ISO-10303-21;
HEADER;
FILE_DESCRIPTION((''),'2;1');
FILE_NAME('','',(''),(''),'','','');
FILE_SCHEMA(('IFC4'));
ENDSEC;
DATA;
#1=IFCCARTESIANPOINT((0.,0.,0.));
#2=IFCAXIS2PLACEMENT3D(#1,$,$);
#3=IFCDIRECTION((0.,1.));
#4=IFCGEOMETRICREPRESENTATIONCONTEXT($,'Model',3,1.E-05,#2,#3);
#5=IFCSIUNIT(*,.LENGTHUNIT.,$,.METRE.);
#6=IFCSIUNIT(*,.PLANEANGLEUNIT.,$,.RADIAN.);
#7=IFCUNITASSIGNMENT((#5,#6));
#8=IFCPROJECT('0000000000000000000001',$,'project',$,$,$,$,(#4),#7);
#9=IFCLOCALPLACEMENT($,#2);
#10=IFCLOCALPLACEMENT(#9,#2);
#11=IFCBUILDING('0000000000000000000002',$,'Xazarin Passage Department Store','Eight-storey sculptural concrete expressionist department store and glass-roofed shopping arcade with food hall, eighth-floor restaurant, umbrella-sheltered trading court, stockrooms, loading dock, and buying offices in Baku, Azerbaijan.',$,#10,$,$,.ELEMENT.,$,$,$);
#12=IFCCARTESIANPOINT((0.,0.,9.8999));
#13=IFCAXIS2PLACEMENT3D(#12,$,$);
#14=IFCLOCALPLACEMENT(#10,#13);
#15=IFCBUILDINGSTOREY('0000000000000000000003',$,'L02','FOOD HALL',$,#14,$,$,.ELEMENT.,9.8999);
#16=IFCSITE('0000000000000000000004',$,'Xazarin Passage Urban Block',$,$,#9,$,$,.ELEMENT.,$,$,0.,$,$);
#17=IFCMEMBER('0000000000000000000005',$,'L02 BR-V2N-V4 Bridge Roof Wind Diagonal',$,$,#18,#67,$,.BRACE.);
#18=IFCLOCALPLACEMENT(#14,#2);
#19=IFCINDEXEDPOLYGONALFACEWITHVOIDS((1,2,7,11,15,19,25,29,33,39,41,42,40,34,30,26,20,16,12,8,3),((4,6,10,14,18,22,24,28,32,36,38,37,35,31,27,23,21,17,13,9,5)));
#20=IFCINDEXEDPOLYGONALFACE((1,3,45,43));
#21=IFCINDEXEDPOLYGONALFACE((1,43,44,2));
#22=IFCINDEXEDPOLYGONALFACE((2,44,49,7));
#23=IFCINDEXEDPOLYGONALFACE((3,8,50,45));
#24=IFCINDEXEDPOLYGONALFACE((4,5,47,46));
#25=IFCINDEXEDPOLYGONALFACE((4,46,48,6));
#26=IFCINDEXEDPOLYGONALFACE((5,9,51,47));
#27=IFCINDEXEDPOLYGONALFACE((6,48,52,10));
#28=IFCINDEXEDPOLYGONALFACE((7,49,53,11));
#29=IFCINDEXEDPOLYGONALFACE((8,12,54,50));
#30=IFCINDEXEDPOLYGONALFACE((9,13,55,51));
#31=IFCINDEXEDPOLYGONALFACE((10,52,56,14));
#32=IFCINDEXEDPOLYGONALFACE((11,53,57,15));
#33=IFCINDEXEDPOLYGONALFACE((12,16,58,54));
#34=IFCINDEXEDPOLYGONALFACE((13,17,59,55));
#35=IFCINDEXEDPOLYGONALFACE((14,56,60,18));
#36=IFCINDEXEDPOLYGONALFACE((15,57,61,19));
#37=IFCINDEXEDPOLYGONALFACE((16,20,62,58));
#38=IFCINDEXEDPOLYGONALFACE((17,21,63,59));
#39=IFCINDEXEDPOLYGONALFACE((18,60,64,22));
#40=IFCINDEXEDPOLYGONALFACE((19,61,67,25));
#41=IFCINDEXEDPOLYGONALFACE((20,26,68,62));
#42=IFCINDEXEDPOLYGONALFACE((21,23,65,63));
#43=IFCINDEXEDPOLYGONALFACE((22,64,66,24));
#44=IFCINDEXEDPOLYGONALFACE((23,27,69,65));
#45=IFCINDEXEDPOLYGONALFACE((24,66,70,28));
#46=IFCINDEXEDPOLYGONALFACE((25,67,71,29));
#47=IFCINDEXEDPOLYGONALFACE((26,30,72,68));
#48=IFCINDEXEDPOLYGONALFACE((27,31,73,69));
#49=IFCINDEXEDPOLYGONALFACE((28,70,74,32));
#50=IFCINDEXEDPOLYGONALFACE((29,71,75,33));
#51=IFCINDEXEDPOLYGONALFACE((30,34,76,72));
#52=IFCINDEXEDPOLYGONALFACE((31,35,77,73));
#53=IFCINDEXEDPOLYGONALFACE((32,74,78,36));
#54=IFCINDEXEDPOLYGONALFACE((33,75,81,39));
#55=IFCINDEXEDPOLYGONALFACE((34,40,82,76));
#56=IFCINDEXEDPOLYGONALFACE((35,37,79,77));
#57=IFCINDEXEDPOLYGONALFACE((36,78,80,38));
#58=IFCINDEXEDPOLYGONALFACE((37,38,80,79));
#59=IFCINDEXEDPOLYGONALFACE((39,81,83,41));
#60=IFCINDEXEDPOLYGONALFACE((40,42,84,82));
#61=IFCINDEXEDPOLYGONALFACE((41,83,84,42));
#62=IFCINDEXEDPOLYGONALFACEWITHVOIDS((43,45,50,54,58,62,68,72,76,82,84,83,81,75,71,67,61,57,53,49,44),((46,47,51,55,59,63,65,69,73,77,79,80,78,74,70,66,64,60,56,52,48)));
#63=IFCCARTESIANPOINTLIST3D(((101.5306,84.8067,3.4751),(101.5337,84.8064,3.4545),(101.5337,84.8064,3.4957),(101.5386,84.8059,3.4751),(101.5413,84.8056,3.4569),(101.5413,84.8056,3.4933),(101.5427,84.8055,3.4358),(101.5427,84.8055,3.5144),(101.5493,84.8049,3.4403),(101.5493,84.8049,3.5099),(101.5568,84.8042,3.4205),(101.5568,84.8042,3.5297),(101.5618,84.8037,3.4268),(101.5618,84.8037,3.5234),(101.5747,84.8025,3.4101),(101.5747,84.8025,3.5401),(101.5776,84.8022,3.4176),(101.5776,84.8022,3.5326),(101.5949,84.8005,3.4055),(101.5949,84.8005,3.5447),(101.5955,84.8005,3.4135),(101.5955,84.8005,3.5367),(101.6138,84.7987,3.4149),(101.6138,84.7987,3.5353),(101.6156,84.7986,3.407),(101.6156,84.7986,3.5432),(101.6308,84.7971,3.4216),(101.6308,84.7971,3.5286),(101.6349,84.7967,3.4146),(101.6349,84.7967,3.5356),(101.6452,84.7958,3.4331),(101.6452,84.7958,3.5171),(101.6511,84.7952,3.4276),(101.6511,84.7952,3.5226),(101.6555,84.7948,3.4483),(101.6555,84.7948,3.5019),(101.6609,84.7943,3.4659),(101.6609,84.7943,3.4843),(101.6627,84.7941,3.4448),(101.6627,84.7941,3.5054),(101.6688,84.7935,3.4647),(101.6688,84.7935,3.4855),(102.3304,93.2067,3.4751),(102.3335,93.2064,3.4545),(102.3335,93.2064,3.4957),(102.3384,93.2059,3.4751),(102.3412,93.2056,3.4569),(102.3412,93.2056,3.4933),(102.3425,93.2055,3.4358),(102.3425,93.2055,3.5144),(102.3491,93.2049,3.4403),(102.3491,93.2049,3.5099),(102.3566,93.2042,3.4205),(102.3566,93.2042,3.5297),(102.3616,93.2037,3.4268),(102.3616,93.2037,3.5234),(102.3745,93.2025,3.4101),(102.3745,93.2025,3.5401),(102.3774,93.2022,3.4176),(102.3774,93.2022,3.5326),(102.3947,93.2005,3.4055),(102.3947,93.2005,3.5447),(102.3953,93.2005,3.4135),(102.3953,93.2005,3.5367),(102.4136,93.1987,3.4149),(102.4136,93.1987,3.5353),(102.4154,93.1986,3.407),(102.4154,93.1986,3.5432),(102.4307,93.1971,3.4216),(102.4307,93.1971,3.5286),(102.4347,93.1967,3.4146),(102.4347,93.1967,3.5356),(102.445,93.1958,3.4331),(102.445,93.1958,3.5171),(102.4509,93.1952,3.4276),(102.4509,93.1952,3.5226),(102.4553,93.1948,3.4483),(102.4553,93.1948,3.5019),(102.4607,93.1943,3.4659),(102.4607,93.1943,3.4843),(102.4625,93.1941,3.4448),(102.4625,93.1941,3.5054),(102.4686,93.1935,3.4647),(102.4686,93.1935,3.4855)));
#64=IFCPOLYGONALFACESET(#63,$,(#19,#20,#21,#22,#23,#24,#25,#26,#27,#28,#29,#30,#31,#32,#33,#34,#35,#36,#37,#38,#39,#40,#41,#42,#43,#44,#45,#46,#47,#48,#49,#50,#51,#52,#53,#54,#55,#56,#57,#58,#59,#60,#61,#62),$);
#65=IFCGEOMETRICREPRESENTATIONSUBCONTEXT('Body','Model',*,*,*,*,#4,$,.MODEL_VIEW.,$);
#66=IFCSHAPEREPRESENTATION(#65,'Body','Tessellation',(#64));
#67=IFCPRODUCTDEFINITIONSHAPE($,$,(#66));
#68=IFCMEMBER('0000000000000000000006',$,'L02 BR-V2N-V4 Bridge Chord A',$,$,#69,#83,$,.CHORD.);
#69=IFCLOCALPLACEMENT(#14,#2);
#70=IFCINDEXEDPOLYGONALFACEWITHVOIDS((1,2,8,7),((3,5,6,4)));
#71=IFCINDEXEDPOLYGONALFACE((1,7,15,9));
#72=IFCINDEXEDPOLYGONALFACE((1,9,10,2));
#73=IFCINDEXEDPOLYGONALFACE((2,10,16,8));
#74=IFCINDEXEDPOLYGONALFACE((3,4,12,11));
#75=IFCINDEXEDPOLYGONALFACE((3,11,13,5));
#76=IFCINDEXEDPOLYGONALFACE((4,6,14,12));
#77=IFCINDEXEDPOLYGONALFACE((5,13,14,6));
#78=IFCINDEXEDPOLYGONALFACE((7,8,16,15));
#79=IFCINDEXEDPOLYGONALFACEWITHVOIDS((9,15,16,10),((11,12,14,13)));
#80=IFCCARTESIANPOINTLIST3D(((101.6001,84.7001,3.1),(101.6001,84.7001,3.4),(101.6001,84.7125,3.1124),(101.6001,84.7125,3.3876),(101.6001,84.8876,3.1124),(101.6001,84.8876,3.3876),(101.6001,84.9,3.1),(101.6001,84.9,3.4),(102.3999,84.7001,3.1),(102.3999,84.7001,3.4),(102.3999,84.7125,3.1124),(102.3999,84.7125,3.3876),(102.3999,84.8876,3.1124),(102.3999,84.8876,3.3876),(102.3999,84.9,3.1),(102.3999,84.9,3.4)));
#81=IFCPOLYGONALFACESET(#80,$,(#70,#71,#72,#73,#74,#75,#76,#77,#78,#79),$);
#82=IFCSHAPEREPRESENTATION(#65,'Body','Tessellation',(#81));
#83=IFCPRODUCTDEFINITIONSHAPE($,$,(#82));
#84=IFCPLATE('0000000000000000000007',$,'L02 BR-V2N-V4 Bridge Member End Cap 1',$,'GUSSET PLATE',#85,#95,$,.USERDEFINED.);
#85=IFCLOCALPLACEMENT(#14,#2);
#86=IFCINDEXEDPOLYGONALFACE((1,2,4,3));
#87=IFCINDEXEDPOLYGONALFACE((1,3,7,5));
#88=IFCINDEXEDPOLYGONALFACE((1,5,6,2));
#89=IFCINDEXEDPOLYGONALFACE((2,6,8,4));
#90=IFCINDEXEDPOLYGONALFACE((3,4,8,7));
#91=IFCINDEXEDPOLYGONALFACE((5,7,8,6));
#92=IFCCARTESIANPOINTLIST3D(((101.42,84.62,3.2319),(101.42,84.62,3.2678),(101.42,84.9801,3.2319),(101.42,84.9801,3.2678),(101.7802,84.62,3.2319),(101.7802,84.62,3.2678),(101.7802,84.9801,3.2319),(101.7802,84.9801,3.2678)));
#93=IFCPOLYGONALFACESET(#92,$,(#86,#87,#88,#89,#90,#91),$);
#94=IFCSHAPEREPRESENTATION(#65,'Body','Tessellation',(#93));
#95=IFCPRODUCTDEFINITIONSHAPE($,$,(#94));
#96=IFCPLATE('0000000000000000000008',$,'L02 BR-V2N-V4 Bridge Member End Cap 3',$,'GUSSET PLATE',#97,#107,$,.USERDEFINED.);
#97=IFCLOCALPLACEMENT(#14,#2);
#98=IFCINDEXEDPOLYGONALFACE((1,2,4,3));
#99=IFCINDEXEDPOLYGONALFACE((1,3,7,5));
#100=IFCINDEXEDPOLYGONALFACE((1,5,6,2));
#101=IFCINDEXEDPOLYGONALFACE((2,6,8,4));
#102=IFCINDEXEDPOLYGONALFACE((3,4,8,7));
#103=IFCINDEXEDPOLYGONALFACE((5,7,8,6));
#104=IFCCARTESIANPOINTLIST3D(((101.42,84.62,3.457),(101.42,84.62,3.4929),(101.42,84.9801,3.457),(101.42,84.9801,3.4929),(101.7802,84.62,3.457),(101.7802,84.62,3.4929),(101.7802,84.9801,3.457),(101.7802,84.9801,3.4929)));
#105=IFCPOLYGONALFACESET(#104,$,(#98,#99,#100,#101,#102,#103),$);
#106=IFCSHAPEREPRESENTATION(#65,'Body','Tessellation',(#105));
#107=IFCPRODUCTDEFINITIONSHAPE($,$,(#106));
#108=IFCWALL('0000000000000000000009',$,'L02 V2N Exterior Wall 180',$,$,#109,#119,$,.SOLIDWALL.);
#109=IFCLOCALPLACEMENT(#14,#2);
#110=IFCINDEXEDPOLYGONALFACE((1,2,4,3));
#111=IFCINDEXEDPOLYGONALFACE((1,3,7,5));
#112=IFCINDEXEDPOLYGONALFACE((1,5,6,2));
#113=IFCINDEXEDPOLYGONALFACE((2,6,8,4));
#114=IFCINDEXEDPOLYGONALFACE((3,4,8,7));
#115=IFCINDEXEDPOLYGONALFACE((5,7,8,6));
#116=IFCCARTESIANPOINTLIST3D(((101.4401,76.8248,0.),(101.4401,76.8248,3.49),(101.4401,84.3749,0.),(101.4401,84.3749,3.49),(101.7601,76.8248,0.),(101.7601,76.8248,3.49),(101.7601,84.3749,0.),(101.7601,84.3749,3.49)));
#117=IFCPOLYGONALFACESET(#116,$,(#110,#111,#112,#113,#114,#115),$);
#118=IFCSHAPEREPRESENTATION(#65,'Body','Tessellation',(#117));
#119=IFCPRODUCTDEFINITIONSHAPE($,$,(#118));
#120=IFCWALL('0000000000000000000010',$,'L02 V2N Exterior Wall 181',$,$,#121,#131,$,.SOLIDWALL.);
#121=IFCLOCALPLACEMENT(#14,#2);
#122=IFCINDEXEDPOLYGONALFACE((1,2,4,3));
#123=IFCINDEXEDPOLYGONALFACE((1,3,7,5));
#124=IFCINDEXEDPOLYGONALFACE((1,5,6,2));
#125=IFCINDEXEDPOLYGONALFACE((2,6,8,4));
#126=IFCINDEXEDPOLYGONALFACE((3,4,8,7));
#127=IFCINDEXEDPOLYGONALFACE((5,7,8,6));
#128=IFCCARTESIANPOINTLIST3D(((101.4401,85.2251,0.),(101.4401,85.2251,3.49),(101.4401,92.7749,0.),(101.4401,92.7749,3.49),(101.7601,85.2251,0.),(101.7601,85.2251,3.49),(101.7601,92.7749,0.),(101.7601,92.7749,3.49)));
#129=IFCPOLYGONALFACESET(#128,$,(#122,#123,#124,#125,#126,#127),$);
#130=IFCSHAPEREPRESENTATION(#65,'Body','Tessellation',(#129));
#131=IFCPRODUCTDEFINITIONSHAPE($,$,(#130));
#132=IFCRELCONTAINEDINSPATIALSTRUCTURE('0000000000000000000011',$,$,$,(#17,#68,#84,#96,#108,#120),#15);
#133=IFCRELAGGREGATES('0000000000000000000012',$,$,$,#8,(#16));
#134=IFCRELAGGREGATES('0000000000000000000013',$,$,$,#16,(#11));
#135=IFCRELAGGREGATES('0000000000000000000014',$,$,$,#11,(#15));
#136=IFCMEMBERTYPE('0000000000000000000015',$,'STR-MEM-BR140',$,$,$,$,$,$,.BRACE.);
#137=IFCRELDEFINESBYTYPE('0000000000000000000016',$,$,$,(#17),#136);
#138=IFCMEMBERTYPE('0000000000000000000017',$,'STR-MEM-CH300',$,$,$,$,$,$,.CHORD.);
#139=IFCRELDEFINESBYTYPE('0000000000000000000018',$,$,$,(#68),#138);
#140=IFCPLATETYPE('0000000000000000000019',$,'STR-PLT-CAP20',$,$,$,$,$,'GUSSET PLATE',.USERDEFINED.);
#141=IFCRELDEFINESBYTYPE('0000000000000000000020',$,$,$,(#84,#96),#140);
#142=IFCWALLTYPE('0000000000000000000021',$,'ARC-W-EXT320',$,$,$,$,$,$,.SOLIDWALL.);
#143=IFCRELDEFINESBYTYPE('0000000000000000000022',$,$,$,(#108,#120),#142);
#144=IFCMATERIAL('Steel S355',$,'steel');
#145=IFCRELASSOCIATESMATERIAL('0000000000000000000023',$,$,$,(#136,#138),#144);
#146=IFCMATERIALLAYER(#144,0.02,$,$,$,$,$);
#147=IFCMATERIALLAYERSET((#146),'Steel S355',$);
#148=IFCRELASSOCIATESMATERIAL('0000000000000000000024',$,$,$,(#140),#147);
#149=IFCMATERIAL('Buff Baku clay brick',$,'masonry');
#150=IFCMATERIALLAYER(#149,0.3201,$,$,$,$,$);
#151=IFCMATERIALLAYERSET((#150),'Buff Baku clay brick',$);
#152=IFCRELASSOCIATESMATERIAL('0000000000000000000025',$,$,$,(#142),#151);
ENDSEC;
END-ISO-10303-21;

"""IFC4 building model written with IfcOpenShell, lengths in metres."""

from ifc_helpers import new_model, si_unit, direction, frame, frame_2d, origin, origin_2d, place, context, subcontext, project, spatial, rectangle, hollow_rectangle, hollow_circle, extrude, material, layer, layer_set, material_profile, profile_set, type_object, element, save


model = new_model("IFC4")

# Units and contexts
model_context = context("Model", 3, precision=1e-05, world=origin(), true_north=direction((0.0, 1.0)))
body_context = subcontext(model_context, "Body", "Model", "MODEL_VIEW")
ifc_project = project(units=[si_unit("LENGTHUNIT", "METRE"), si_unit("PLANEANGLEUNIT", "RADIAN")], contexts=[model_context])

# Site, building, storey
site_placement = place(None, origin())
site = spatial("IfcSite", under=ifc_project, at=site_placement, Name="Xazarin Passage Urban Block", CompositionType="ELEMENT", RefElevation=0.0)
building_placement = place(site_placement, origin())
building = spatial("IfcBuilding", under=site, at=building_placement, Name="Xazarin Passage Department Store", Description="Eight-storey sculptural concrete expressionist department store and glass-roofed shopping arcade with food hall, eighth-floor restaurant, umbrella-sheltered trading court, stockrooms, loading dock, and buying offices in Baku, Azerbaijan.", CompositionType="ELEMENT")
storey_placement = place(building_placement, frame((0.0, 0.0, 9.8999)))
storey = spatial("IfcBuildingStorey", under=building, at=storey_placement, Name="L02", Description="FOOD HALL", CompositionType="ELEMENT", Elevation=9.8999)

# Shared definitions
ifc_material_1 = material(Name="Steel S355", Category="steel")

# Members
ifc_material_profile_1 = material_profile(ifc_material_1, hollow_circle(Radius=0.0698, WallThickness=0.0081, at=origin_2d()), Name="CHS 139.7x8")
ifc_profile_set_1 = profile_set([ifc_material_profile_1], Name="Steel S355")
member_type_1 = type_object("IfcMemberType", Name="STR-MEM-BR140", PredefinedType="BRACE", material=ifc_profile_set_1)
member_1_placement = place(storey_placement, frame((101.6001, 84.8, 3.4751), z_axis=(0.094787, 0.995498, 0.0), x_axis=(-0.995498, 0.094787, 0.0)))
element("IfcMember", 1, at=member_1_placement, inside=storey, type_object=member_type_1, Name="L02 BR-V2N-V4 Bridge Roof Wind Diagonal", PredefinedType="BRACE", context=body_context, shape_type="SweptSolid", body=[
    extrude(hollow_circle(Radius=0.0698, WallThickness=0.0081, at=origin_2d()), origin(), (0.0, 0.0, 1.0), 8.438),
])
ifc_material_profile_2 = material_profile(ifc_material_1, hollow_rectangle(XDim=0.2, YDim=0.3, WallThickness=0.0125, at=origin_2d()), Name="RHS 300x200x12.5")
ifc_profile_set_2 = profile_set([ifc_material_profile_2], Name="Steel S355")
member_type_2 = type_object("IfcMemberType", Name="STR-MEM-CH300", PredefinedType="CHORD", material=ifc_profile_set_2)
member_2_placement = place(storey_placement, frame((101.6001, 84.8, 3.25), z_axis=(1.0, 0.0, 0.0), x_axis=(0.0, 1.0, 0.0)))
element("IfcMember", 2, at=member_2_placement, inside=storey, type_object=member_type_2, Name="L02 BR-V2N-V4 Bridge Chord A", PredefinedType="CHORD", context=body_context, shape_type="SweptSolid", body=[
    extrude(hollow_rectangle(XDim=0.2, YDim=0.3, WallThickness=0.0125, at=origin_2d()), origin(), (0.0, 0.0, 1.0), 0.7998),
])

# Plates
ifc_layer_1 = layer(ifc_material_1, 0.02)
ifc_layer_set_1 = layer_set([ifc_layer_1], Name="Steel S355")
plate_type = type_object("IfcPlateType", Name="STR-PLT-CAP20", ElementType="GUSSET PLATE", PredefinedType="USERDEFINED", material=ifc_layer_set_1)
for number, where, z_axis, x_axis, name in (
    (3, (101.6001, 84.8, 3.2319), (0.0, 0.0, 1.0), (1.0, 0.0, 0.0), "L02 BR-V2N-V4 Bridge Member End Cap 1"),
    (4, (101.6001, 84.8, 3.457), (0.0, 0.0, 1.0), (1.0, 0.0, 0.0), "L02 BR-V2N-V4 Bridge Member End Cap 3"),
):
    element("IfcPlate", number, at=place(storey_placement, frame(where, z_axis=z_axis, x_axis=x_axis)), inside=storey, type_object=plate_type, Name=name, ObjectType="GUSSET PLATE", PredefinedType="USERDEFINED", context=body_context, shape_type="SweptSolid", body=[
        extrude(rectangle(XDim=0.3601, YDim=0.3601, at=origin_2d()), origin(), (0.0, 0.0, 1.0), 0.0359),
    ])

# Walls
ifc_material_2 = material(Name="Buff Baku clay brick", Category="masonry")
ifc_layer_2 = layer(ifc_material_2, 0.3201)
ifc_layer_set_2 = layer_set([ifc_layer_2], Name="Buff Baku clay brick")
wall_type = type_object("IfcWallType", Name="ARC-W-EXT320", PredefinedType="SOLIDWALL", material=ifc_layer_set_2)
wall_1_placement = place(storey_placement, frame((101.6001, 76.825, 0.0), z_axis=(0.0, 0.0, 1.0), x_axis=(0.0, 1.0, 0.0)))
element("IfcWall", 5, at=wall_1_placement, inside=storey, type_object=wall_type, Name="L02 V2N Exterior Wall 180", PredefinedType="SOLIDWALL", context=body_context, shape_type="SweptSolid", body=[
    extrude(rectangle(XDim=7.55, YDim=0.3201, at=frame_2d((3.7749, 0.0))), origin(), (0.0, 0.0, 1.0), 3.49),
])
wall_2_placement = place(storey_placement, frame((101.6001, 85.2251, 0.0), z_axis=(0.0, 0.0, 1.0), x_axis=(0.0, 1.0, 0.0)))
element("IfcWall", 6, at=wall_2_placement, inside=storey, type_object=wall_type, Name="L02 V2N Exterior Wall 181", PredefinedType="SOLIDWALL", context=body_context, shape_type="SweptSolid", body=[
    extrude(rectangle(XDim=7.5498, YDim=0.3201, at=frame_2d((3.7749, 0.0))), origin(), (0.0, 0.0, 1.0), 3.49),
])

save(model, "model.ifc")
